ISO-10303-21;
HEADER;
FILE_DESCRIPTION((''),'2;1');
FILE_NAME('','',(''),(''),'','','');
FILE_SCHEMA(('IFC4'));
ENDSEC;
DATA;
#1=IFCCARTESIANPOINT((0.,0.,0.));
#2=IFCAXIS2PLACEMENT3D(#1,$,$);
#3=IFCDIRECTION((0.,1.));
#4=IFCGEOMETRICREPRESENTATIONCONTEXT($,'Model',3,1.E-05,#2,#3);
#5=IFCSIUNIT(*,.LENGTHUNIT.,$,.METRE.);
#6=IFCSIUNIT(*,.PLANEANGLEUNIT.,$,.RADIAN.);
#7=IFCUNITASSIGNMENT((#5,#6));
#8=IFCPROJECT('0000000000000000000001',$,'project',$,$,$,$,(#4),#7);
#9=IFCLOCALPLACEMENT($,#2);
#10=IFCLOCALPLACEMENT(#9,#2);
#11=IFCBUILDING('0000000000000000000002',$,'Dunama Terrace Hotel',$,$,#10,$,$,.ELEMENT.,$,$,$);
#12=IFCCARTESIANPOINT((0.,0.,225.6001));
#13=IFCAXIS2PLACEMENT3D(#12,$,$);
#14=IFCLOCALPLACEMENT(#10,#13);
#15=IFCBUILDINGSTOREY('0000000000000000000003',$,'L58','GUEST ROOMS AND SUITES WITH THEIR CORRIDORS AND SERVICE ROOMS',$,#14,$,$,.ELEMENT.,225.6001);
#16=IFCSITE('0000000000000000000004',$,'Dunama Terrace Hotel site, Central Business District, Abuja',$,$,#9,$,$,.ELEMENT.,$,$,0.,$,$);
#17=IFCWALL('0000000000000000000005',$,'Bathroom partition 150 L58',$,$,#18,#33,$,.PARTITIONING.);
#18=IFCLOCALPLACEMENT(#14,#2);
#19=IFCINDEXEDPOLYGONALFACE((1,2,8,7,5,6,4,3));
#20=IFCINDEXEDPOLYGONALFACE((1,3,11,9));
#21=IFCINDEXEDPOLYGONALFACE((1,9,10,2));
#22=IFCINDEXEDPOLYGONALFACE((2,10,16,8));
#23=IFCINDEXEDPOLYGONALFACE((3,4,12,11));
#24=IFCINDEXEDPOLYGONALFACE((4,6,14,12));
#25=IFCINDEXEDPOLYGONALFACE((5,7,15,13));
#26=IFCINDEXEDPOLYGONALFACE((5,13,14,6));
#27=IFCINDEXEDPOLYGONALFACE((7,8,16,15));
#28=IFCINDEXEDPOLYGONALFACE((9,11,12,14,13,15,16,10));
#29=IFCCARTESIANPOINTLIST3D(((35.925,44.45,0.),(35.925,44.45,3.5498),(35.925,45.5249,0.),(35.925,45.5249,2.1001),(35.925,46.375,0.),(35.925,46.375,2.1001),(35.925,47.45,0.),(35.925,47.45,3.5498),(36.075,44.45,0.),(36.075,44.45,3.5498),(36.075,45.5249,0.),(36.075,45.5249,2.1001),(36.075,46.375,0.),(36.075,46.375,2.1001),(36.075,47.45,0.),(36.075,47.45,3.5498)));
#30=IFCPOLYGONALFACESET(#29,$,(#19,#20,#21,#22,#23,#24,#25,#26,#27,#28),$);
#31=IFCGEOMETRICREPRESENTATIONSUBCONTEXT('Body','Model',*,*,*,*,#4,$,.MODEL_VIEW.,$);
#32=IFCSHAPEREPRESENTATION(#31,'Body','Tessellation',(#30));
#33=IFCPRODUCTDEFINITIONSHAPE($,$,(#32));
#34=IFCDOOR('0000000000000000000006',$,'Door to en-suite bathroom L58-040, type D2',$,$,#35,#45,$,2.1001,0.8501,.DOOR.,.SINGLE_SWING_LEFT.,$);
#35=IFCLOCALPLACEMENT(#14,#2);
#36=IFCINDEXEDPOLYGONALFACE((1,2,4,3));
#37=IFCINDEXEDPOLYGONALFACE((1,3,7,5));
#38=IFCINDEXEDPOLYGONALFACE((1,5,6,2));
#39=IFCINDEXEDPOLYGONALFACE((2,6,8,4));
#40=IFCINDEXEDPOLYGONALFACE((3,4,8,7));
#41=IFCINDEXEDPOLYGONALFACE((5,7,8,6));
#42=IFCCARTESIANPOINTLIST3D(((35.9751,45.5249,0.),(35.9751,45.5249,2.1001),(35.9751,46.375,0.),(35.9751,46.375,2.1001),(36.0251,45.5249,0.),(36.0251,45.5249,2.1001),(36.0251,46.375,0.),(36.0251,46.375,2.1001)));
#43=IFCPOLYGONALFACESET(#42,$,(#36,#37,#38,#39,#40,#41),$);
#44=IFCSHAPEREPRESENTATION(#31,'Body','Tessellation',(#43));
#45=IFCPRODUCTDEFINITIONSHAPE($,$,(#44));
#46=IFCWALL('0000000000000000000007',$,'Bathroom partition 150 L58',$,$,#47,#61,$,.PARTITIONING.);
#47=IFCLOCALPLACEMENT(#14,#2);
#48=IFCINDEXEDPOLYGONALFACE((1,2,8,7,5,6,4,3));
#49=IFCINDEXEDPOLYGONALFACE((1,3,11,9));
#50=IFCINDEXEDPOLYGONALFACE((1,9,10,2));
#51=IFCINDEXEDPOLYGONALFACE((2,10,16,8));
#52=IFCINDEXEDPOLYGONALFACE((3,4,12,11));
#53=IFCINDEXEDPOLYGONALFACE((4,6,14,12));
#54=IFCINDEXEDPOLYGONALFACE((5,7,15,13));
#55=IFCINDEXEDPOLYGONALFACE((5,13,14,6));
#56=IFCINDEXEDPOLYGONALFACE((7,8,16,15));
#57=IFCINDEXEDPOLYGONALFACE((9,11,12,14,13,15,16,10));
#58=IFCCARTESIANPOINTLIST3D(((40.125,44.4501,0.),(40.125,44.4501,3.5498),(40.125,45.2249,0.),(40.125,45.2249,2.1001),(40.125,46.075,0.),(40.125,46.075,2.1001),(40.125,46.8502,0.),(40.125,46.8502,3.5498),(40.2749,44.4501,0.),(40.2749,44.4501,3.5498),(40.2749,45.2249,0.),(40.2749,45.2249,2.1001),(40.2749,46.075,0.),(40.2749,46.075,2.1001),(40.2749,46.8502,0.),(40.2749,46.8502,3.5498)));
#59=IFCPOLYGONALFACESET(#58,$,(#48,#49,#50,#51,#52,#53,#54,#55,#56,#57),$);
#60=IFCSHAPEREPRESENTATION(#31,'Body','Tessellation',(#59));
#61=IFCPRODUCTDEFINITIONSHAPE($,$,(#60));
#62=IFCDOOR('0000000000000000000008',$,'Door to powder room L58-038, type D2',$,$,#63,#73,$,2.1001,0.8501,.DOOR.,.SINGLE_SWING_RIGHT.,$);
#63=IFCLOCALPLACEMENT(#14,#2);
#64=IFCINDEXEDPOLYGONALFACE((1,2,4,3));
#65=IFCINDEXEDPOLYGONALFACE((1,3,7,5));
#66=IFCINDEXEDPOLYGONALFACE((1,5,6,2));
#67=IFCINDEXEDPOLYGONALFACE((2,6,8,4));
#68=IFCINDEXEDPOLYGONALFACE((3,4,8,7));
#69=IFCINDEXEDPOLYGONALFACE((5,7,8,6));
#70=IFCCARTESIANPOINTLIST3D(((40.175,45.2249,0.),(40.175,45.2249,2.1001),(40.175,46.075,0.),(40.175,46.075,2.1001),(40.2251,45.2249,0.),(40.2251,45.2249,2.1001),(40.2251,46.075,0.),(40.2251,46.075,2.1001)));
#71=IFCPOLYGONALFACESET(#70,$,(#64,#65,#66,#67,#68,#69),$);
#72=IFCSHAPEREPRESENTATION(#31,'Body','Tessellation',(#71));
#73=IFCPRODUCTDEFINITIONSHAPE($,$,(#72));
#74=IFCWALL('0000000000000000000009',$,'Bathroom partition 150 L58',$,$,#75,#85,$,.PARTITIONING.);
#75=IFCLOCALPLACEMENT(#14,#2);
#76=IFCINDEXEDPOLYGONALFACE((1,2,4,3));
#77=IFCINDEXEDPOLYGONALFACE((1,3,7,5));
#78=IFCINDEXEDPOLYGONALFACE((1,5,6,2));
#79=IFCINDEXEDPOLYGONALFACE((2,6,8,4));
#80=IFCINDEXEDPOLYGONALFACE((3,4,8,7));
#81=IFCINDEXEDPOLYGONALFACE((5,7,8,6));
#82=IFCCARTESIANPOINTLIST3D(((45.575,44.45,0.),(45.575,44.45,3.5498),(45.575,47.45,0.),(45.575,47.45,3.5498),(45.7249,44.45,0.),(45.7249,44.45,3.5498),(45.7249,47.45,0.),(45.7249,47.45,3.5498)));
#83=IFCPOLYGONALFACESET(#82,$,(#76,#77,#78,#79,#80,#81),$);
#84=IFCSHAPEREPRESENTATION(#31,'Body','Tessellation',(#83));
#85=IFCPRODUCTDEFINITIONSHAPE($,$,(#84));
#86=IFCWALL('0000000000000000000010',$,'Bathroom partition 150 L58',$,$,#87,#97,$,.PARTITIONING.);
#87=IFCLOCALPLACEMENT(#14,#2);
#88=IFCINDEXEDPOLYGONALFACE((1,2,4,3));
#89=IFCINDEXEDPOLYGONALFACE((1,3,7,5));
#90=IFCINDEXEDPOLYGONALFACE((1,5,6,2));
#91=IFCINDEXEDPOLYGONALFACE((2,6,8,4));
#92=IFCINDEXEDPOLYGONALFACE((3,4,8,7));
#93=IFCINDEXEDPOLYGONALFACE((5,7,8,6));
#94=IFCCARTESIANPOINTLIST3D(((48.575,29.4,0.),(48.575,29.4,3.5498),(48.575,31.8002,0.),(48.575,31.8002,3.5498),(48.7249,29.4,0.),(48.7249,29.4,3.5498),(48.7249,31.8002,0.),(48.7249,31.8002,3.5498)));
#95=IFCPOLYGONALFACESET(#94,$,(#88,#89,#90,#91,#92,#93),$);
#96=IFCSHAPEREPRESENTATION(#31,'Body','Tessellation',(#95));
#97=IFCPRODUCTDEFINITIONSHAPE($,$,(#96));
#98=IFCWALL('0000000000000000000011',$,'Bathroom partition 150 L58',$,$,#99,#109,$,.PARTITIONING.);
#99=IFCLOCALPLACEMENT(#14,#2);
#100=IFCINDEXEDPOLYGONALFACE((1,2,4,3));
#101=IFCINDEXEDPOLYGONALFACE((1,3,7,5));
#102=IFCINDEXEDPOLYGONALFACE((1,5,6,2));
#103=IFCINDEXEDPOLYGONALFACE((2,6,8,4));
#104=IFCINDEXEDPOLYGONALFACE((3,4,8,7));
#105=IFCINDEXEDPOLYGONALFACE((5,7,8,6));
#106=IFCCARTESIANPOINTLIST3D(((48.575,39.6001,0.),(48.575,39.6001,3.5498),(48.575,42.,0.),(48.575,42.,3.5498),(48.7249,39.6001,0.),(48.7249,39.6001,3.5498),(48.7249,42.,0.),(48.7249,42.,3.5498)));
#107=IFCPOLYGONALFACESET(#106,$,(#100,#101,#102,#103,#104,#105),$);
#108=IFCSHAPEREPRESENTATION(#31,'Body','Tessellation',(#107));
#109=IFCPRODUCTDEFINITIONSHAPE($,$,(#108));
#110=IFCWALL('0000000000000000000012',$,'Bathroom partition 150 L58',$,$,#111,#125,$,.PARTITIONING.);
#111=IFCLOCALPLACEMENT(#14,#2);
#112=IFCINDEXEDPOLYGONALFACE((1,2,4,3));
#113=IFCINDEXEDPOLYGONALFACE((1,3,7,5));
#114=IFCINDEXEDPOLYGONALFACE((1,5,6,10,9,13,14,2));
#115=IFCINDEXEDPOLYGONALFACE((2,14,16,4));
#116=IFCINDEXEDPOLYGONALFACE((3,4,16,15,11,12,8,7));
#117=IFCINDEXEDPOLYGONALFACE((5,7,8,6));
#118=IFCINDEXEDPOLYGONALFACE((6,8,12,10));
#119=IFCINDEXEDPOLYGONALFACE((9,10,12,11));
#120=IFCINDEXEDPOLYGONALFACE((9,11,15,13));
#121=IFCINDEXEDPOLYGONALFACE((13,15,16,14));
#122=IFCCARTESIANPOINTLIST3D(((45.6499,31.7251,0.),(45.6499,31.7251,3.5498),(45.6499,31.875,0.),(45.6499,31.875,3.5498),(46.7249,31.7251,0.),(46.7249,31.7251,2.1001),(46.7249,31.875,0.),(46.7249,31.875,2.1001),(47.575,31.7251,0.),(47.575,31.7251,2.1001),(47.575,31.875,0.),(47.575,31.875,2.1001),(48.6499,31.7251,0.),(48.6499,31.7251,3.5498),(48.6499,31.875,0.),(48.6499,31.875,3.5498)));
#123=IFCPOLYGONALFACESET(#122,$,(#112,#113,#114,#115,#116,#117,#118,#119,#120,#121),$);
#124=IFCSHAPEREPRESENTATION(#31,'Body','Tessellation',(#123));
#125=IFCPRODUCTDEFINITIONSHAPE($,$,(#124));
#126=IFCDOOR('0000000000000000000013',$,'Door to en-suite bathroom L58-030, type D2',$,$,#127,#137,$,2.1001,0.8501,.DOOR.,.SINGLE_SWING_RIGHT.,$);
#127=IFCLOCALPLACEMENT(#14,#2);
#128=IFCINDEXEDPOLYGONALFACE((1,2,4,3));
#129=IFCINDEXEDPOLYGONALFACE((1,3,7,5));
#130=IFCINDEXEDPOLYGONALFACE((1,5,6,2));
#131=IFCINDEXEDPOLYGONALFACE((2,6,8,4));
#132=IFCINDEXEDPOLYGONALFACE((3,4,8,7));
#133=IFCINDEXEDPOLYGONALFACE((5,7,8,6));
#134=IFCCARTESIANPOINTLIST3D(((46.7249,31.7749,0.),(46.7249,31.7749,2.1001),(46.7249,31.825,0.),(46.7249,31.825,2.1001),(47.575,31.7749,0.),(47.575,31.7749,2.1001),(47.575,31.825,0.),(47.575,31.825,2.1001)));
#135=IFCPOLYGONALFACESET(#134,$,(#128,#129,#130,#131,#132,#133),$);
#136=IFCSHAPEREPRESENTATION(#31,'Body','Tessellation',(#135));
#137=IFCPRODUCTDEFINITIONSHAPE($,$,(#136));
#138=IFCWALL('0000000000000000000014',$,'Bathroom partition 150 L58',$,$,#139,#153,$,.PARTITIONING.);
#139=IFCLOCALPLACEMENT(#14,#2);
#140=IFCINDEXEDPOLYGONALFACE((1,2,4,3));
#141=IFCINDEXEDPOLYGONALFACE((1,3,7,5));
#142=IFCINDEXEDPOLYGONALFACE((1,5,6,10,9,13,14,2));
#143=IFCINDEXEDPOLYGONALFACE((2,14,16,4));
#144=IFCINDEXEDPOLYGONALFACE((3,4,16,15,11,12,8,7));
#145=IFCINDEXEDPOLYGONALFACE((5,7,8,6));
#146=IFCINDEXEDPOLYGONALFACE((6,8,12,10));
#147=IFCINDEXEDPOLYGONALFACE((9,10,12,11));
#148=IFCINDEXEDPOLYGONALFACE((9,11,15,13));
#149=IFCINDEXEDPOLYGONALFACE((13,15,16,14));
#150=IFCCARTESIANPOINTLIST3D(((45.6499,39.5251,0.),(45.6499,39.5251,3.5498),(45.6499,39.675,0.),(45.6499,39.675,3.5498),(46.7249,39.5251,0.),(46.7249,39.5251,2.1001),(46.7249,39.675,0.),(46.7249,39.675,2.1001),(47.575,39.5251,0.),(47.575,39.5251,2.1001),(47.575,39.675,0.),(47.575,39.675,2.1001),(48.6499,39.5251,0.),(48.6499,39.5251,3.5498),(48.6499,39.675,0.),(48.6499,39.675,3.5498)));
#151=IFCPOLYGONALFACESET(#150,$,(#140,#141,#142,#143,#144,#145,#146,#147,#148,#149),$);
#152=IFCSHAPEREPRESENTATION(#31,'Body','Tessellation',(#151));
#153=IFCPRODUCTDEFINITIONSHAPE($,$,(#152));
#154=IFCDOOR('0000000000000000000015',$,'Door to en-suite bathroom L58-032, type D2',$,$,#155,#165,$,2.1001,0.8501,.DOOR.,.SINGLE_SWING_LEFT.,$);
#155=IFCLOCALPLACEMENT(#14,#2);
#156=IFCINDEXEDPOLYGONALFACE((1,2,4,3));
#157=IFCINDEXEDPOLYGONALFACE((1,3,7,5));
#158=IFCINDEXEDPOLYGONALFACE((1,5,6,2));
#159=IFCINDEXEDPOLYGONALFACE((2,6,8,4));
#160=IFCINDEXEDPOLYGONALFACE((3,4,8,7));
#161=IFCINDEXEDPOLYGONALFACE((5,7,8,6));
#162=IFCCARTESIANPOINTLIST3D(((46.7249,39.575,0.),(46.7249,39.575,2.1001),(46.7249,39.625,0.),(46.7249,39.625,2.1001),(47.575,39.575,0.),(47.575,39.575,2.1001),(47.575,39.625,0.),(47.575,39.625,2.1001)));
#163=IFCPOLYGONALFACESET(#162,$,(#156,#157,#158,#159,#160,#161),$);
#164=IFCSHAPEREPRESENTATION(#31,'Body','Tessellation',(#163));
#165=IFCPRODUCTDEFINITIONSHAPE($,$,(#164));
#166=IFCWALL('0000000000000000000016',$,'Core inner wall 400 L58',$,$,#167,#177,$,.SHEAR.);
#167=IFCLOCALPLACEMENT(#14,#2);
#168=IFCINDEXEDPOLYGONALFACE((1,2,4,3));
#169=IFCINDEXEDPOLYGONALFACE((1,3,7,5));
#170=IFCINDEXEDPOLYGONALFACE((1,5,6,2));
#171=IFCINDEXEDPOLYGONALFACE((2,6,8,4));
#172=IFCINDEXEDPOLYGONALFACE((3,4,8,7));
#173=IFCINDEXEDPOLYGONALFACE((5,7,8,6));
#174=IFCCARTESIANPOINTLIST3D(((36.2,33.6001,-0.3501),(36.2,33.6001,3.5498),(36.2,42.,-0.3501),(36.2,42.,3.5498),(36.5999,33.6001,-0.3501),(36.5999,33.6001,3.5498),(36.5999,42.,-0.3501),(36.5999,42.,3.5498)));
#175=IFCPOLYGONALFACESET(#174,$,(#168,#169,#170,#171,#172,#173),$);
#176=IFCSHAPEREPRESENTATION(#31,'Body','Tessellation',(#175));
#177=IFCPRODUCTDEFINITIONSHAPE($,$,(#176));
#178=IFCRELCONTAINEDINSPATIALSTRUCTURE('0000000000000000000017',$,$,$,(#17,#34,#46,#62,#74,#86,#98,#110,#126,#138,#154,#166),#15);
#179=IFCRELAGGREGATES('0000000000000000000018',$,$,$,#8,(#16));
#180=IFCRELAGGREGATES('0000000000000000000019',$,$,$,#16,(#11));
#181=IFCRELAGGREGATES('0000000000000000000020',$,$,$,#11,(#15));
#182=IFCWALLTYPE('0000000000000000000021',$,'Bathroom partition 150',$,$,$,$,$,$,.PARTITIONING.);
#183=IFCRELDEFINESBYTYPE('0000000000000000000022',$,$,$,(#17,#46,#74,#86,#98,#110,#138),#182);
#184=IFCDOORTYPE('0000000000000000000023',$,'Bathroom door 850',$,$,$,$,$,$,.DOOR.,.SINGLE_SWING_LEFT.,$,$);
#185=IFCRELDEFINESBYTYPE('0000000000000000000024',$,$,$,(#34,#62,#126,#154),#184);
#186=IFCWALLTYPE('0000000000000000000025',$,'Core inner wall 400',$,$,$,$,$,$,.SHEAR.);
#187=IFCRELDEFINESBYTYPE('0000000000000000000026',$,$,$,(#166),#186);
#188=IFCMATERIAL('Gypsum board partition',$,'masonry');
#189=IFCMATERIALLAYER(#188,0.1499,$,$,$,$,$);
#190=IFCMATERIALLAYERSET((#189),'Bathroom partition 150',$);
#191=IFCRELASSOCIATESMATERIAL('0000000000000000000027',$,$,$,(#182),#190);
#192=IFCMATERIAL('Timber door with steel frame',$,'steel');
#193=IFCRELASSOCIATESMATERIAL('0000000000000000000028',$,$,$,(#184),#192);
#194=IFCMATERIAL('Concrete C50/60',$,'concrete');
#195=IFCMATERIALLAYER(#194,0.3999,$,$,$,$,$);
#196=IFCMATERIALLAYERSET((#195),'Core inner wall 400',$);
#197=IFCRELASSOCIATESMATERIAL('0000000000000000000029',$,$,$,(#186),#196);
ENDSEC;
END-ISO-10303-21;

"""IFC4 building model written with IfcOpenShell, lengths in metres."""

from ifc_helpers import new_model, si_unit, direction, frame, frame_2d, origin, place, context, subcontext, project, spatial, rectangle, extrude, material, layer, layer_set, type_object, element, fill, save


model = new_model("IFC4")

# Units and contexts
model_context = context("Model", 3, precision=1e-05, world=origin(), true_north=direction((0.0, 1.0)))
body_context = subcontext(model_context, "Body", "Model", "MODEL_VIEW")
ifc_project = project(units=[si_unit("LENGTHUNIT", "METRE"), si_unit("PLANEANGLEUNIT", "RADIAN")], contexts=[model_context])

# Site, building, storey
site_placement = place(None, origin())
site = spatial("IfcSite", under=ifc_project, at=site_placement, Name="Dunama Terrace Hotel site, Central Business District, Abuja", CompositionType="ELEMENT", RefElevation=0.0)
building_placement = place(site_placement, origin())
building = spatial("IfcBuilding", under=site, at=building_placement, Name="Dunama Terrace Hotel", CompositionType="ELEMENT")
storey_placement = place(building_placement, frame((0.0, 0.0, 225.6001)))
storey = spatial("IfcBuildingStorey", under=building, at=storey_placement, Name="L58", Description="GUEST ROOMS AND SUITES WITH THEIR CORRIDORS AND SERVICE ROOMS", CompositionType="ELEMENT", Elevation=225.6001)

# Walls, openings, doors
ifc_material_1 = material(Name="Gypsum board partition", Category="masonry")
ifc_layer_1 = layer(ifc_material_1, 0.1499)
ifc_layer_set_1 = layer_set([ifc_layer_1], Name="Bathroom partition 150")
wall_type_1 = type_object("IfcWallType", Name="Bathroom partition 150", PredefinedType="PARTITIONING", material=ifc_layer_set_1)
wall_1_placement = place(storey_placement, frame((36.0, 44.45, 0.0), z_axis=(0.0, 0.0, 1.0), x_axis=(0.0, 1.0, 0.0)))
wall_1 = element("IfcWall", 1, at=wall_1_placement, inside=storey, type_object=wall_type_1, Name="Bathroom partition 150 L58", PredefinedType="PARTITIONING", context=body_context, shape_type="SweptSolid", body=[
    extrude(rectangle(XDim=3.0, YDim=0.1499, at=frame_2d((1.5, 0.0))), origin(), (0.0, 0.0, 1.0), 3.5498),
])
opening_1_placement = place(wall_1_placement, frame((1.075, 0.0, 0.0)))
opening_1 = element("IfcOpeningElement", 2, at=opening_1_placement, cuts=wall_1, PredefinedType="OPENING", context=body_context, shape_type="SweptSolid", body=[
    extrude(rectangle(XDim=0.8501, YDim=2.1001, at=frame_2d((0.425, 1.05))), frame((0.0, 0.085, 0.0), z_axis=(0.0, -1.0, 0.0), x_axis=(1.0, 0.0, 0.0)), (0.0, 0.0, 1.0), 0.1699),
])
ifc_material_2 = material(Name="Timber door with steel frame", Category="steel")
door_type_1 = type_object("IfcDoorType", Name="Bathroom door 850", OperationType="SINGLE_SWING_LEFT", PredefinedType="DOOR", material=ifc_material_2)
door_1_placement = place(opening_1_placement, origin())
door_1 = element("IfcDoor", 3, at=door_1_placement, inside=storey, type_object=door_type_1, Name="Door to en-suite bathroom L58-040, type D2", OperationType="SINGLE_SWING_LEFT", OverallHeight=2.1001, OverallWidth=0.8501, PredefinedType="DOOR", context=body_context, shape_type="SweptSolid", body=[
    extrude(rectangle(XDim=0.8501, YDim=2.1001, at=frame_2d((0.425, 1.05))), frame((0.0, 0.0249, 0.0), z_axis=(0.0, -1.0, 0.0), x_axis=(1.0, 0.0, 0.0)), (0.0, 0.0, 1.0), 0.05),
])
fill(opening_1, door_1)
wall_2_placement = place(storey_placement, frame((40.2, 44.45, 0.0), z_axis=(0.0, 0.0, 1.0), x_axis=(0.0, 1.0, 0.0)))
wall_2 = element("IfcWall", 4, at=wall_2_placement, inside=storey, type_object=wall_type_1, Name="Bathroom partition 150 L58", PredefinedType="PARTITIONING", context=body_context, shape_type="SweptSolid", body=[
    extrude(rectangle(XDim=2.4001, YDim=0.1499, at=frame_2d((1.2002, 0.0))), origin(), (0.0, 0.0, 1.0), 3.5498),
])
opening_2_placement = place(wall_2_placement, frame((0.7749, 0.0, 0.0)))
opening_2 = element("IfcOpeningElement", 5, at=opening_2_placement, cuts=wall_2, PredefinedType="OPENING", context=body_context, shape_type="SweptSolid", body=[
    extrude(rectangle(XDim=0.8501, YDim=2.1001, at=frame_2d((0.425, 1.05))), frame((0.0, 0.085, 0.0), z_axis=(0.0, -1.0, 0.0), x_axis=(1.0, 0.0, 0.0)), (0.0, 0.0, 1.0), 0.1699),
])
door_2_placement = place(opening_2_placement, frame((0.8501, 0.0, 0.0), z_axis=(0.0, 0.0, 1.0), x_axis=(-1.0, 0.0, 0.0)))
door_2 = element("IfcDoor", 6, at=door_2_placement, inside=storey, type_object=door_type_1, Name="Door to powder room L58-038, type D2", OperationType="SINGLE_SWING_RIGHT", OverallHeight=2.1001, OverallWidth=0.8501, PredefinedType="DOOR", context=body_context, shape_type="SweptSolid", body=[
    extrude(rectangle(XDim=0.8501, YDim=2.1001, at=frame_2d((0.425, 1.05))), frame((0.0, 0.0251, 0.0), z_axis=(0.0, -1.0, 0.0), x_axis=(1.0, 0.0, 0.0)), (0.0, 0.0, 1.0), 0.05),
])
fill(opening_2, door_2)

# Walls
wall_3_placement = place(storey_placement, frame((45.6499, 44.45, 0.0), z_axis=(0.0, 0.0, 1.0), x_axis=(0.0, 1.0, 0.0)))
element("IfcWall", 7, at=wall_3_placement, inside=storey, type_object=wall_type_1, Name="Bathroom partition 150 L58", PredefinedType="PARTITIONING", context=body_context, shape_type="SweptSolid", body=[
    extrude(rectangle(XDim=3.0, YDim=0.1499, at=frame_2d((1.5, 0.0))), origin(), (0.0, 0.0, 1.0), 3.5498),
])
wall_4_placement = place(storey_placement, frame((48.6499, 29.3999, 0.0), z_axis=(0.0, 0.0, 1.0), x_axis=(0.0, 1.0, 0.0)))
element("IfcWall", 8, at=wall_4_placement, inside=storey, type_object=wall_type_1, Name="Bathroom partition 150 L58", PredefinedType="PARTITIONING", context=body_context, shape_type="SweptSolid", body=[
    extrude(rectangle(XDim=2.4001, YDim=0.1499, at=frame_2d((1.2002, 0.0))), origin(), (0.0, 0.0, 1.0), 3.5498),
])
wall_5_placement = place(storey_placement, frame((48.6499, 39.6001, 0.0), z_axis=(0.0, 0.0, 1.0), x_axis=(0.0, 1.0, 0.0)))
element("IfcWall", 9, at=wall_5_placement, inside=storey, type_object=wall_type_1, Name="Bathroom partition 150 L58", PredefinedType="PARTITIONING", context=body_context, shape_type="SweptSolid", body=[
    extrude(rectangle(XDim=2.3999, YDim=0.1499, at=frame_2d((1.2, 0.0))), origin(), (0.0, 0.0, 1.0), 3.5498),
])

# Walls, openings, doors
wall_6_placement = place(storey_placement, frame((45.6499, 31.8, 0.0), z_axis=(0.0, 0.0, 1.0), x_axis=(1.0, 0.0, 0.0)))
wall_6 = element("IfcWall", 10, at=wall_6_placement, inside=storey, type_object=wall_type_1, Name="Bathroom partition 150 L58", PredefinedType="PARTITIONING", context=body_context, shape_type="SweptSolid", body=[
    extrude(rectangle(XDim=3.0, YDim=0.1499, at=frame_2d((1.5, 0.0))), origin(), (0.0, 0.0, 1.0), 3.5498),
])
opening_3_placement = place(wall_6_placement, frame((1.075, 0.0, 0.0)))
opening_3 = element("IfcOpeningElement", 11, at=opening_3_placement, cuts=wall_6, PredefinedType="OPENING", context=body_context, shape_type="SweptSolid", body=[
    extrude(rectangle(XDim=0.8501, YDim=2.1001, at=frame_2d((0.425, 1.05))), frame((0.0, 0.085, 0.0), z_axis=(0.0, -1.0, 0.0), x_axis=(1.0, 0.0, 0.0)), (0.0, 0.0, 1.0), 0.1699),
])
door_3_placement = place(opening_3_placement, frame((0.8501, 0.0, 0.0), z_axis=(0.0, 0.0, 1.0), x_axis=(-1.0, 0.0, 0.0)))
door_3 = element("IfcDoor", 12, at=door_3_placement, inside=storey, type_object=door_type_1, Name="Door to en-suite bathroom L58-030, type D2", OperationType="SINGLE_SWING_RIGHT", OverallHeight=2.1001, OverallWidth=0.8501, PredefinedType="DOOR", context=body_context, shape_type="SweptSolid", body=[
    extrude(rectangle(XDim=0.8501, YDim=2.1001, at=frame_2d((0.425, 1.05))), frame((0.0, 0.0251, 0.0), z_axis=(0.0, -1.0, 0.0), x_axis=(1.0, 0.0, 0.0)), (0.0, 0.0, 1.0), 0.05),
])
fill(opening_3, door_3)
wall_7_placement = place(storey_placement, frame((45.6499, 39.6001, 0.0), z_axis=(0.0, 0.0, 1.0), x_axis=(1.0, 0.0, 0.0)))
wall_7 = element("IfcWall", 13, at=wall_7_placement, inside=storey, type_object=wall_type_1, Name="Bathroom partition 150 L58", PredefinedType="PARTITIONING", context=body_context, shape_type="SweptSolid", body=[
    extrude(rectangle(XDim=3.0, YDim=0.1499, at=frame_2d((1.5, 0.0))), origin(), (0.0, 0.0, 1.0), 3.5498),
])
opening_4_placement = place(wall_7_placement, frame((1.075, 0.0, 0.0)))
opening_4 = element("IfcOpeningElement", 14, at=opening_4_placement, cuts=wall_7, PredefinedType="OPENING", context=body_context, shape_type="SweptSolid", body=[
    extrude(rectangle(XDim=0.8501, YDim=2.1001, at=frame_2d((0.425, 1.05))), frame((0.0, 0.085, 0.0), z_axis=(0.0, -1.0, 0.0), x_axis=(1.0, 0.0, 0.0)), (0.0, 0.0, 1.0), 0.1699),
])
door_4_placement = place(opening_4_placement, origin())
door_4 = element("IfcDoor", 15, at=door_4_placement, inside=storey, type_object=door_type_1, Name="Door to en-suite bathroom L58-032, type D2", OperationType="SINGLE_SWING_LEFT", OverallHeight=2.1001, OverallWidth=0.8501, PredefinedType="DOOR", context=body_context, shape_type="SweptSolid", body=[
    extrude(rectangle(XDim=0.8501, YDim=2.1001, at=frame_2d((0.425, 1.05))), frame((0.0, 0.0249, 0.0), z_axis=(0.0, -1.0, 0.0), x_axis=(1.0, 0.0, 0.0)), (0.0, 0.0, 1.0), 0.05),
])
fill(opening_4, door_4)

# Wall
ifc_material_3 = material(Name="Concrete C50/60", Category="concrete")
ifc_layer_2 = layer(ifc_material_3, 0.3999)
ifc_layer_set_2 = layer_set([ifc_layer_2], Name="Core inner wall 400")
wall_type_2 = type_object("IfcWallType", Name="Core inner wall 400", PredefinedType="SHEAR", material=ifc_layer_set_2)
wall_8_placement = place(storey_placement, frame((36.3999, 33.6001, -0.3501), z_axis=(0.0, 0.0, 1.0), x_axis=(0.0, 1.0, 0.0)))
element("IfcWall", 16, at=wall_8_placement, inside=storey, type_object=wall_type_2, Name="Core inner wall 400 L58", PredefinedType="SHEAR", context=body_context, shape_type="SweptSolid", body=[
    extrude(rectangle(XDim=8.3999, YDim=0.3999, at=frame_2d((4.2, 0.0))), origin(), (0.0, 0.0, 1.0), 3.8999),
])

save(model, "model.ifc")
